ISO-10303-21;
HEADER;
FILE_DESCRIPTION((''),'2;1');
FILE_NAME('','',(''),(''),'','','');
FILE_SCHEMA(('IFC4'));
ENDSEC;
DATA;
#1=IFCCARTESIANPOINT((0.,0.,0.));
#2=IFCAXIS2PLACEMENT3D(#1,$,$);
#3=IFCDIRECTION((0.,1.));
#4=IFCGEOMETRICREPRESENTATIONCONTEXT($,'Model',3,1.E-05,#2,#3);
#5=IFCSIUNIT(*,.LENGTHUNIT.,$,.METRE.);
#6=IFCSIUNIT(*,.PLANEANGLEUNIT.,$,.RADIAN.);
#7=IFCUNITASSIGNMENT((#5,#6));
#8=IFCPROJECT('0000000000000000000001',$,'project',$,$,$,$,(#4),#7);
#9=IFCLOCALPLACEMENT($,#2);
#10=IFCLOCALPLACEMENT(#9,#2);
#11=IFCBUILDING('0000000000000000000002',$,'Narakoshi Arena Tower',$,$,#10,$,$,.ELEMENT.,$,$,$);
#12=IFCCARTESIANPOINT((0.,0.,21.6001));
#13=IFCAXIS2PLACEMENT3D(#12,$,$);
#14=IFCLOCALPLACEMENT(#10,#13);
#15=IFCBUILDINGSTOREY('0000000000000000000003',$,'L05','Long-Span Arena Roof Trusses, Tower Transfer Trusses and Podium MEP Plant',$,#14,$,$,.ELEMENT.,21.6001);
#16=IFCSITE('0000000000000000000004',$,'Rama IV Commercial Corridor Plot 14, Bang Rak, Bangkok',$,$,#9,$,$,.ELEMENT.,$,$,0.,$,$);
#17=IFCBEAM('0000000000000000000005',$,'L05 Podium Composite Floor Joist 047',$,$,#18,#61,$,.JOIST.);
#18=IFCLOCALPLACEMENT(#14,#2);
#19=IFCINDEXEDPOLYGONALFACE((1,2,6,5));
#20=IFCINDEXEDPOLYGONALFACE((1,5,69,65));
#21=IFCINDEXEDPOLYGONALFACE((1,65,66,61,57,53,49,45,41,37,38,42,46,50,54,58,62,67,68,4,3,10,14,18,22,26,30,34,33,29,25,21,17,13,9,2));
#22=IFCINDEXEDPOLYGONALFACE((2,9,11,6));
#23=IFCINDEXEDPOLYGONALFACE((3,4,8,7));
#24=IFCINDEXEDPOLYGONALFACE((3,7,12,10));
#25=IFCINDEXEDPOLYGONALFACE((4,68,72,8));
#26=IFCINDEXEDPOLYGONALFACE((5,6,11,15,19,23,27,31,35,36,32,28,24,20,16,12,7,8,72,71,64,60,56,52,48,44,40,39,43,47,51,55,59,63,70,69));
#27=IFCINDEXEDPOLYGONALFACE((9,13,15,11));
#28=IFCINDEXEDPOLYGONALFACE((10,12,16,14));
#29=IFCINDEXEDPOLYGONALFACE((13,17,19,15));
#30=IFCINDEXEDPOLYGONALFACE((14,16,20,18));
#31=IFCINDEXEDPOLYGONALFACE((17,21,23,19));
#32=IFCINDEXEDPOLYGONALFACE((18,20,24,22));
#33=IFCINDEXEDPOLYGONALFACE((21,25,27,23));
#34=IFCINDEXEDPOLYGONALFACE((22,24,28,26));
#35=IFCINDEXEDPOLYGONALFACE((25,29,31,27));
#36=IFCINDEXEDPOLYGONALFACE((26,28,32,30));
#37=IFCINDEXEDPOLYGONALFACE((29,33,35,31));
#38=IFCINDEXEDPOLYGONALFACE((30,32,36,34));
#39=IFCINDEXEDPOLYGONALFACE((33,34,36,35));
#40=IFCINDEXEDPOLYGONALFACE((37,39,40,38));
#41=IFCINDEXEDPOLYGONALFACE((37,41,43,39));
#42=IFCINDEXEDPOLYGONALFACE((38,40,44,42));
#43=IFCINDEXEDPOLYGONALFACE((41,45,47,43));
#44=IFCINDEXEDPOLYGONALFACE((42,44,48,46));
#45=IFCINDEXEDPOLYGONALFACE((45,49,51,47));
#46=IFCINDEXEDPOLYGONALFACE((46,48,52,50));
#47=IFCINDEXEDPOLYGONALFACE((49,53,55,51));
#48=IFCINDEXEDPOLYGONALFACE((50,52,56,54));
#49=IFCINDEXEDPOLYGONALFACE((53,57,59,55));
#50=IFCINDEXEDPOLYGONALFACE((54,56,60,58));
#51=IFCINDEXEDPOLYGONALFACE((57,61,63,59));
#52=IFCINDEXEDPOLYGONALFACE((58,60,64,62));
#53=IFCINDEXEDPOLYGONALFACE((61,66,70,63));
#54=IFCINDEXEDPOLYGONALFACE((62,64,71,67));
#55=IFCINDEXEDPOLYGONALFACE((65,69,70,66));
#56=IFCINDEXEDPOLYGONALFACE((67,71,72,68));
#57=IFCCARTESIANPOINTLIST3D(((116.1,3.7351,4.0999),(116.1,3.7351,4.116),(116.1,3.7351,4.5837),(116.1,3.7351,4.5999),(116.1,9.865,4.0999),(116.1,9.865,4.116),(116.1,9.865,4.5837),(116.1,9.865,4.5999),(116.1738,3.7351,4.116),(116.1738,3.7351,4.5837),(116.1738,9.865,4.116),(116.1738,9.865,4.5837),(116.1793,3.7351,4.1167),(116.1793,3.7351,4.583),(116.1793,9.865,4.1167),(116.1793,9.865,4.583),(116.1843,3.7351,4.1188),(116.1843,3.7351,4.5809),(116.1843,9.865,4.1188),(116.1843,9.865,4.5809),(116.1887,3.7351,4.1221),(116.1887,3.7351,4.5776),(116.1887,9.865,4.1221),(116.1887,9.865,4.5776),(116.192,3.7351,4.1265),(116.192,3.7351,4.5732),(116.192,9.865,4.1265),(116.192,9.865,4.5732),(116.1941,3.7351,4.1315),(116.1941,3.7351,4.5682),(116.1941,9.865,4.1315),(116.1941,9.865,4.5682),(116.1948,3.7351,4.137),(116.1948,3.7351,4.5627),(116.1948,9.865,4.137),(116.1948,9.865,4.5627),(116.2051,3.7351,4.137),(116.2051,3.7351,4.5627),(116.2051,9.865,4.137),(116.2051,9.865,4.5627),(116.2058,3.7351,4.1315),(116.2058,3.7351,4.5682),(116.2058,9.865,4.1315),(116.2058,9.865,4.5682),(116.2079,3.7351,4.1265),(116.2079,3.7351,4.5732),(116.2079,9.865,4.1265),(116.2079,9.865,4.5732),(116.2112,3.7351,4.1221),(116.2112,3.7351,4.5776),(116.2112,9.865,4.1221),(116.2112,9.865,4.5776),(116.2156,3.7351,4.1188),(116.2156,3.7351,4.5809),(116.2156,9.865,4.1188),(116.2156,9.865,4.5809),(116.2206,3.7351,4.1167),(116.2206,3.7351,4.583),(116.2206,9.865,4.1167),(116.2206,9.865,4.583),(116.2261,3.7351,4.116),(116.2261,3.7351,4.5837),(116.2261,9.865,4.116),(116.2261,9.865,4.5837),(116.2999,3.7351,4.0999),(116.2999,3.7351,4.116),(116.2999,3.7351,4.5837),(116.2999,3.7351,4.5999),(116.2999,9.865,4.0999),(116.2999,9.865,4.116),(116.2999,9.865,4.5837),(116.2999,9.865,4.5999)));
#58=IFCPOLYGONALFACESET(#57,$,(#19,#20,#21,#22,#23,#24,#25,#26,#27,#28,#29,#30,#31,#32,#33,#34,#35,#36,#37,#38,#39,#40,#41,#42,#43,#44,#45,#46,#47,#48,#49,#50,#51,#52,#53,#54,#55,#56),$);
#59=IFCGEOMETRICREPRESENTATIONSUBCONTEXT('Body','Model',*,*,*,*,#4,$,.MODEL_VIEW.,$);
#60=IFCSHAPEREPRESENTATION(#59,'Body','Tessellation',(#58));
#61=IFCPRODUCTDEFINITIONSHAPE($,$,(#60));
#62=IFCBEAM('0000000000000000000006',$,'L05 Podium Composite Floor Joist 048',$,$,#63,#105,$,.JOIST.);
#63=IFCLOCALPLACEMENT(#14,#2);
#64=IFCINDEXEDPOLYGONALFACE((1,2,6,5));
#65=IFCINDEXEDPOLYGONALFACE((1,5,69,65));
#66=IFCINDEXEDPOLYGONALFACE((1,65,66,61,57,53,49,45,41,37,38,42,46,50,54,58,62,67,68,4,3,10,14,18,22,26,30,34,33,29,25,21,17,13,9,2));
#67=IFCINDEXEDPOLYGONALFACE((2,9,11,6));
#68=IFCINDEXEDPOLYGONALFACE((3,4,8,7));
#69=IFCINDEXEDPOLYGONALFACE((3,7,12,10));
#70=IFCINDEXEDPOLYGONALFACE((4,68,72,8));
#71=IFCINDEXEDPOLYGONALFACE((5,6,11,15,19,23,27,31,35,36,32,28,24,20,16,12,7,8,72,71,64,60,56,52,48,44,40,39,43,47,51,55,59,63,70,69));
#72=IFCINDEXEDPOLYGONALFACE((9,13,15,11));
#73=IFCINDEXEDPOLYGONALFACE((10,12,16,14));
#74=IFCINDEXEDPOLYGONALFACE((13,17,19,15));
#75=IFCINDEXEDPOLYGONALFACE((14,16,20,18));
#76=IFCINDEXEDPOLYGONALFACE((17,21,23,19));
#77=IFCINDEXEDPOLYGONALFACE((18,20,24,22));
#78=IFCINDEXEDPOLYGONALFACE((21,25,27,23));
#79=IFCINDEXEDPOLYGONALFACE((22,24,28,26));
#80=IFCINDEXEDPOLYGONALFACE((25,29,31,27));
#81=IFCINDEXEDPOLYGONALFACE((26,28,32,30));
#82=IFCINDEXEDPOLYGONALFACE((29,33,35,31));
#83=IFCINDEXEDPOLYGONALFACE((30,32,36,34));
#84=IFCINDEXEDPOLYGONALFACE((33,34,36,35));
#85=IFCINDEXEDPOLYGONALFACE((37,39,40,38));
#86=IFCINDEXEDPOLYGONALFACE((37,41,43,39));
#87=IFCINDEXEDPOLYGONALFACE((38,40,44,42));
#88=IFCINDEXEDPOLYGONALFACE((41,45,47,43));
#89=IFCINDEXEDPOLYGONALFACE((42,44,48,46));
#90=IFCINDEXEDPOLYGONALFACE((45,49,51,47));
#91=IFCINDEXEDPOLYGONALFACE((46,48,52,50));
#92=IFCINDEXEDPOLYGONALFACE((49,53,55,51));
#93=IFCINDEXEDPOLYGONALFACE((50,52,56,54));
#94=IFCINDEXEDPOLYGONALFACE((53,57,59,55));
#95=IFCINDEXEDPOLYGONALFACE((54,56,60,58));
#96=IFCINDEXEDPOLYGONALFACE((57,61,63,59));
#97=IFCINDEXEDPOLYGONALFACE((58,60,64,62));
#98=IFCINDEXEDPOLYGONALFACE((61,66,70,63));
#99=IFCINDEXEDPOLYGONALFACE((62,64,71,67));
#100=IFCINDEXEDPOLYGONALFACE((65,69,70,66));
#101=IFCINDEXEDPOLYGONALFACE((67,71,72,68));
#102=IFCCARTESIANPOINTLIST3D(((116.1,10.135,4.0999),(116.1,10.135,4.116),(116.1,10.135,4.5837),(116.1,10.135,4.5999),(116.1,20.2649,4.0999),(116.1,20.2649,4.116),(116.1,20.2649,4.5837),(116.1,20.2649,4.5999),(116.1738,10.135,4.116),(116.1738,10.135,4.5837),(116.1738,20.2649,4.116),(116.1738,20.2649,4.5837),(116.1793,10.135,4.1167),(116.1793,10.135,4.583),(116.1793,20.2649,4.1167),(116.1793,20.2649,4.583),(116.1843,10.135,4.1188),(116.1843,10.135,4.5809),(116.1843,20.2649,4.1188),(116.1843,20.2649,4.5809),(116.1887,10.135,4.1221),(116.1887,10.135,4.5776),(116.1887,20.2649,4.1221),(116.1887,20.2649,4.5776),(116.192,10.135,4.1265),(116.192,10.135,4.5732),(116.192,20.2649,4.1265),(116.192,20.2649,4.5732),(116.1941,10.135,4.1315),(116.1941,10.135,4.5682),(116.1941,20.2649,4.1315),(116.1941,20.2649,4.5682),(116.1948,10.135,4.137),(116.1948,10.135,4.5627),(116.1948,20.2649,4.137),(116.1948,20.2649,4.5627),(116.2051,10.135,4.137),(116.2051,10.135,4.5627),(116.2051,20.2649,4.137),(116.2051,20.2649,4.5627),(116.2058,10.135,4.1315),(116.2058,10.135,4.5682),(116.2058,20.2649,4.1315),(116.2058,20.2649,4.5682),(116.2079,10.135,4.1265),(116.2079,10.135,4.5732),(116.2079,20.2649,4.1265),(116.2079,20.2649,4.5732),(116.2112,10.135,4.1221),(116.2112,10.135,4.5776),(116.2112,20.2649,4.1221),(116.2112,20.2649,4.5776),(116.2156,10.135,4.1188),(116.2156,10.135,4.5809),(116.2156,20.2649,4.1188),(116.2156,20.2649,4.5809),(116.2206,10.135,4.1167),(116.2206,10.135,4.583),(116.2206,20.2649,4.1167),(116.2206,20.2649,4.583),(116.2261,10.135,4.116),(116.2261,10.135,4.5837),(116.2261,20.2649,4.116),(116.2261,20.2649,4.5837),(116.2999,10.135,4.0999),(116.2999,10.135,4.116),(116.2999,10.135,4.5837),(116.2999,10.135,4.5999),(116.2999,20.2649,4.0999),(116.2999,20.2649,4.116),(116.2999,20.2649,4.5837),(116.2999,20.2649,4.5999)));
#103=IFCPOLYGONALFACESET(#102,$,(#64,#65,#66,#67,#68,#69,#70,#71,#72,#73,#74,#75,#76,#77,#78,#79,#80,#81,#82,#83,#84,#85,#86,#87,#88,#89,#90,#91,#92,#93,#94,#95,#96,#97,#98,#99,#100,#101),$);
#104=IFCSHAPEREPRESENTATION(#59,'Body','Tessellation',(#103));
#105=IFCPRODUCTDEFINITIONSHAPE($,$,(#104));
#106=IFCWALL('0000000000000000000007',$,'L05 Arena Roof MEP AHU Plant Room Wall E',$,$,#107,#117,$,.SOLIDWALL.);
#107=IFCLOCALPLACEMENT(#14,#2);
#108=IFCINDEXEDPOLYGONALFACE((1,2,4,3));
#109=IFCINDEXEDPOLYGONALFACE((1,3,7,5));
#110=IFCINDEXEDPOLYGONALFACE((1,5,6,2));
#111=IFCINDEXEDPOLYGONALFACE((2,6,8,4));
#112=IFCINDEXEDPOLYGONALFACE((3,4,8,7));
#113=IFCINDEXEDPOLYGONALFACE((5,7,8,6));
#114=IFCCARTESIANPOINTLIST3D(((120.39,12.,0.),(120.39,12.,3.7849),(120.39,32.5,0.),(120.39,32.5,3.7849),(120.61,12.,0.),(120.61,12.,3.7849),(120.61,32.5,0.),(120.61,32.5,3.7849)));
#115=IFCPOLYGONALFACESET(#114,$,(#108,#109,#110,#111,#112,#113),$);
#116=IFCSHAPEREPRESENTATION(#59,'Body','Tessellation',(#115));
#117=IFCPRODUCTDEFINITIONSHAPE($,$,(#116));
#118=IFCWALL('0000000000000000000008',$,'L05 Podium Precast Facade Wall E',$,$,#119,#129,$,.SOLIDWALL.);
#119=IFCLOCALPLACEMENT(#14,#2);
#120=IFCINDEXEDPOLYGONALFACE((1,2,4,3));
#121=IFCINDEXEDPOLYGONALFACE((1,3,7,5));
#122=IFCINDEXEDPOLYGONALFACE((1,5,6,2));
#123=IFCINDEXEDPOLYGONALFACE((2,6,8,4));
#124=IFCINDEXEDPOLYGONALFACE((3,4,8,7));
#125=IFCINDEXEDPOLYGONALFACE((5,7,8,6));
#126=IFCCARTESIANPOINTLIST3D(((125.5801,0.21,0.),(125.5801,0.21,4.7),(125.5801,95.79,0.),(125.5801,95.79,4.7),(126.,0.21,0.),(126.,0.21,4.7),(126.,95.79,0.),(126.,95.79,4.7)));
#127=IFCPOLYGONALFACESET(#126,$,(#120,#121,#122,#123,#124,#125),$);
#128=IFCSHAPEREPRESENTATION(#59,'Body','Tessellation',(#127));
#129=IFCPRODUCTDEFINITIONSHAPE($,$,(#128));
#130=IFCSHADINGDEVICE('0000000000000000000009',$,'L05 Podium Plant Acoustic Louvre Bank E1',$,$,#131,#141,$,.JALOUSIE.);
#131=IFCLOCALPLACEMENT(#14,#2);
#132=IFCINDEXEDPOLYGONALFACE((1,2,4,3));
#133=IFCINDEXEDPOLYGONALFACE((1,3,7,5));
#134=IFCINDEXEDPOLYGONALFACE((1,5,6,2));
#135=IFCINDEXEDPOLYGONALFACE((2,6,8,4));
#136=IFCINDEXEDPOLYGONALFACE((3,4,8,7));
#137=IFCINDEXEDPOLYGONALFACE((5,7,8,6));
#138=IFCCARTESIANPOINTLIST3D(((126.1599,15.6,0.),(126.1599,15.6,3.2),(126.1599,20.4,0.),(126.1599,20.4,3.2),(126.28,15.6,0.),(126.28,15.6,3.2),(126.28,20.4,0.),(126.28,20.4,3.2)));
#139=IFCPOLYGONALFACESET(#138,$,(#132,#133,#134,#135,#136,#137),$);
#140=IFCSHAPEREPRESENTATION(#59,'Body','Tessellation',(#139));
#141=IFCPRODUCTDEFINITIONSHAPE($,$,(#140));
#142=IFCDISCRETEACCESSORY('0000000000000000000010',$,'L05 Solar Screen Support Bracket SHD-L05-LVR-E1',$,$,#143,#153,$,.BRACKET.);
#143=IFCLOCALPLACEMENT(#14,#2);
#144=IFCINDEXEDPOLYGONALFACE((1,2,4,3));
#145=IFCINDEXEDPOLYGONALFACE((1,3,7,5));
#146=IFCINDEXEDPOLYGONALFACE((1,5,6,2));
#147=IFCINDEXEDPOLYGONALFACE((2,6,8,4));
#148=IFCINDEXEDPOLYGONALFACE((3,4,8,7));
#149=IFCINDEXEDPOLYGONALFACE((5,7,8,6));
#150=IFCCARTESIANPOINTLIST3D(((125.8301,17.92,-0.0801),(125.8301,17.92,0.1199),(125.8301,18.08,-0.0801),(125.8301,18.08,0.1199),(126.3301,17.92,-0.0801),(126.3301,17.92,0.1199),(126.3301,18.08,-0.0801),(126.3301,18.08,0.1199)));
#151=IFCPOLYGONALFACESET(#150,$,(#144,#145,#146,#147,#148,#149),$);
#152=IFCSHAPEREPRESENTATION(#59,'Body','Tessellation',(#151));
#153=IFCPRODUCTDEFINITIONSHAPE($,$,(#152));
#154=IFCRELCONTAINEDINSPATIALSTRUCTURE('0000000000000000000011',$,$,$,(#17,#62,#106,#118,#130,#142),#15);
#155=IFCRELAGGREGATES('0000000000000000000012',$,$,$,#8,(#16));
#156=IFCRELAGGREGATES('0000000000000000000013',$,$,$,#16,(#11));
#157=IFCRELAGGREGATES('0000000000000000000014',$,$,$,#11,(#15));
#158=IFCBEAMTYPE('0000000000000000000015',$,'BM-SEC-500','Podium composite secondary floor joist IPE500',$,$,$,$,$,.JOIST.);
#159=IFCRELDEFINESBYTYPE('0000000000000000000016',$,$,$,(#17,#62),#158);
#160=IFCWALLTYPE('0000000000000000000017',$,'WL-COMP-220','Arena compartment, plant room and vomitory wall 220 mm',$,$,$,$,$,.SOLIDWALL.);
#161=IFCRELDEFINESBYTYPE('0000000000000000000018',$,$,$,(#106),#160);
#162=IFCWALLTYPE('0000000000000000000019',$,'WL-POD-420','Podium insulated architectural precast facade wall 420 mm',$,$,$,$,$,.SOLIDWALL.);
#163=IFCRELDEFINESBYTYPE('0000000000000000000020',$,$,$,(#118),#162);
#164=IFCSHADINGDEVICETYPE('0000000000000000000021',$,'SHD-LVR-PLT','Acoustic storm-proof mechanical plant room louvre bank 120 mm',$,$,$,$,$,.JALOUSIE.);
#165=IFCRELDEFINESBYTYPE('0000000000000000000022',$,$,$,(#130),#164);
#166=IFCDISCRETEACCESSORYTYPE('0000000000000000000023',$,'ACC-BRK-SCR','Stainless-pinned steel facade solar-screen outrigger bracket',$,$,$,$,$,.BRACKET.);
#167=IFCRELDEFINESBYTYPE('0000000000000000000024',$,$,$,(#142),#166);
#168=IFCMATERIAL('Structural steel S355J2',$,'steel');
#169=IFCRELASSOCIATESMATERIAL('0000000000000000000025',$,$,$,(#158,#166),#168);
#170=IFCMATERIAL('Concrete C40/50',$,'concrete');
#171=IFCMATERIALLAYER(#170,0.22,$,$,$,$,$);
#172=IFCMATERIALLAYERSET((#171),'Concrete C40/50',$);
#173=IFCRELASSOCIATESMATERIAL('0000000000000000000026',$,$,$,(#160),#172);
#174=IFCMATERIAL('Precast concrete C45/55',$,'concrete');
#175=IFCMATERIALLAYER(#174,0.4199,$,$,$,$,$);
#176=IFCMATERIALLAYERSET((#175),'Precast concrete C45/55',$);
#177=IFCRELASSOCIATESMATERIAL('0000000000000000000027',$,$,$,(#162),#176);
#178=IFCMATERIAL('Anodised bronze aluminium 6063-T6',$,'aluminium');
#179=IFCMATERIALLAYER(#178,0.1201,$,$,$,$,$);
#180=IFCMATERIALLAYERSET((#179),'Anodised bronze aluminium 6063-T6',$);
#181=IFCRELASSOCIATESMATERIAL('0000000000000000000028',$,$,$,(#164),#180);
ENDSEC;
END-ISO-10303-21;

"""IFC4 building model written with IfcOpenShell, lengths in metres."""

from ifc_helpers import new_model, si_unit, direction, frame, frame_2d, origin, origin_2d, place, context, subcontext, project, spatial, rectangle, i_section, extrude, material, layer, layer_set, material_profile, profile_set, type_object, element, save


model = new_model("IFC4")

# Units and contexts
model_context = context("Model", 3, precision=1e-05, world=origin(), true_north=direction((0.0, 1.0)))
body_context = subcontext(model_context, "Body", "Model", "MODEL_VIEW")
ifc_project = project(units=[si_unit("LENGTHUNIT", "METRE"), si_unit("PLANEANGLEUNIT", "RADIAN")], contexts=[model_context])

# Site, building, storey
site_placement = place(None, origin())
site = spatial("IfcSite", under=ifc_project, at=site_placement, Name="Rama IV Commercial Corridor Plot 14, Bang Rak, Bangkok", CompositionType="ELEMENT", RefElevation=0.0)
building_placement = place(site_placement, origin())
building = spatial("IfcBuilding", under=site, at=building_placement, Name="Narakoshi Arena Tower", CompositionType="ELEMENT")
storey_placement = place(building_placement, frame((0.0, 0.0, 21.6001)))
storey = spatial("IfcBuildingStorey", under=building, at=storey_placement, Name="L05", Description="Long-Span Arena Roof Trusses, Tower Transfer Trusses and Podium MEP Plant", CompositionType="ELEMENT", Elevation=21.6001)

# Shared definitions
ifc_material_1 = material(Name="Structural steel S355J2", Category="steel")

# Beams
ifc_material_profile_1 = material_profile(ifc_material_1, i_section(OverallWidth=0.2, OverallDepth=0.5, WebThickness=0.0103, FlangeThickness=0.0161, FilletRadius=0.021, at=origin_2d()), Name="IPE500")
ifc_profile_set_1 = profile_set([ifc_material_profile_1], Name="Structural steel S355J2")
beam_type_1 = type_object("IfcBeamType", Name="BM-SEC-500", Description="Podium composite secondary floor joist IPE500", PredefinedType="JOIST", material=ifc_profile_set_1)
beam_1_placement = place(storey_placement, frame((116.2, 3.7351, 4.3499), z_axis=(0.0, 1.0, 0.0), x_axis=(-1.0, 0.0, 0.0)))
element("IfcBeam", 1, at=beam_1_placement, inside=storey, type_object=beam_type_1, Name="L05 Podium Composite Floor Joist 047", PredefinedType="JOIST", context=body_context, shape_type="SweptSolid", body=[
    extrude(i_section(OverallWidth=0.2, OverallDepth=0.5, WebThickness=0.0103, FlangeThickness=0.0161, FilletRadius=0.021, at=origin_2d()), origin(), (0.0, 0.0, 1.0), 6.1299),
])
beam_2_placement = place(storey_placement, frame((116.2, 10.135, 4.3499), z_axis=(0.0, 1.0, 0.0), x_axis=(-1.0, 0.0, 0.0)))
element("IfcBeam", 2, at=beam_2_placement, inside=storey, type_object=beam_type_1, Name="L05 Podium Composite Floor Joist 048", PredefinedType="JOIST", context=body_context, shape_type="SweptSolid", body=[
    extrude(i_section(OverallWidth=0.2, OverallDepth=0.5, WebThickness=0.0103, FlangeThickness=0.0161, FilletRadius=0.021, at=origin_2d()), origin(), (0.0, 0.0, 1.0), 10.1299),
])

# Walls
ifc_material_2 = material(Name="Concrete C40/50", Category="concrete")
ifc_layer_1 = layer(ifc_material_2, 0.22)
ifc_layer_set_1 = layer_set([ifc_layer_1], Name="Concrete C40/50")
wall_type_1 = type_object("IfcWallType", Name="WL-COMP-220", Description="Arena compartment, plant room and vomitory wall 220 mm", PredefinedType="SOLIDWALL", material=ifc_layer_set_1)
wall_1_placement = place(storey_placement, frame((120.5, 12.0, 0.0), z_axis=(0.0, 0.0, 1.0), x_axis=(0.0, 1.0, 0.0)))
element("IfcWall", 3, at=wall_1_placement, inside=storey, type_object=wall_type_1, Name="L05 Arena Roof MEP AHU Plant Room Wall E", PredefinedType="SOLIDWALL", context=body_context, shape_type="SweptSolid", body=[
    extrude(rectangle(XDim=20.5, YDim=0.22, at=frame_2d((10.25, 0.0))), origin(), (0.0, 0.0, 1.0), 3.7849),
])
ifc_material_3 = material(Name="Precast concrete C45/55", Category="concrete")
ifc_layer_2 = layer(ifc_material_3, 0.4199)
ifc_layer_set_2 = layer_set([ifc_layer_2], Name="Precast concrete C45/55")
wall_type_2 = type_object("IfcWallType", Name="WL-POD-420", Description="Podium insulated architectural precast facade wall 420 mm", PredefinedType="SOLIDWALL", material=ifc_layer_set_2)
wall_2_placement = place(storey_placement, frame((125.79, 0.21, 0.0), z_axis=(0.0, 0.0, 1.0), x_axis=(0.0, 1.0, 0.0)))
element("IfcWall", 4, at=wall_2_placement, inside=storey, type_object=wall_type_2, Name="L05 Podium Precast Facade Wall E", PredefinedType="SOLIDWALL", context=body_context, shape_type="SweptSolid", body=[
    extrude(rectangle(XDim=95.5801, YDim=0.4199, at=frame_2d((47.79, 0.0))), origin(), (0.0, 0.0, 1.0), 4.7),
])

# Shading device
ifc_material_4 = material(Name="Anodised bronze aluminium 6063-T6", Category="aluminium")
ifc_layer_3 = layer(ifc_material_4, 0.1201)
ifc_layer_set_3 = layer_set([ifc_layer_3], Name="Anodised bronze aluminium 6063-T6")
shading_device_type = type_object("IfcShadingDeviceType", Name="SHD-LVR-PLT", Description="Acoustic storm-proof mechanical plant room louvre bank 120 mm", PredefinedType="JALOUSIE", material=ifc_layer_set_3)
shading_device_placement = place(storey_placement, frame((126.22, 18.0, 0.0), z_axis=(0.0, 0.0, 1.0), x_axis=(0.0, 1.0, 0.0)))
element("IfcShadingDevice", 5, at=shading_device_placement, inside=storey, type_object=shading_device_type, Name="L05 Podium Plant Acoustic Louvre Bank E1", PredefinedType="JALOUSIE", context=body_context, shape_type="SweptSolid", body=[
    extrude(rectangle(XDim=4.8, YDim=0.1201, at=origin_2d()), origin(), (0.0, 0.0, 1.0), 3.2),
])

# Discrete accessory
discrete_accessory_type = type_object("IfcDiscreteAccessoryType", Name="ACC-BRK-SCR", Description="Stainless-pinned steel facade solar-screen outrigger bracket", PredefinedType="BRACKET", material=ifc_material_1)
discrete_accessory_placement = place(storey_placement, frame((126.0801, 18.0, -0.0801), z_axis=(0.0, 0.0, 1.0), x_axis=(0.0, 1.0, 0.0)))
element("IfcDiscreteAccessory", 6, at=discrete_accessory_placement, inside=storey, type_object=discrete_accessory_type, Name="L05 Solar Screen Support Bracket SHD-L05-LVR-E1", PredefinedType="BRACKET", context=body_context, shape_type="SweptSolid", body=[
    extrude(rectangle(XDim=0.1599, YDim=0.5, at=origin_2d()), origin(), (0.0, 0.0, 1.0), 0.2),
])

save(model, "model.ifc")
